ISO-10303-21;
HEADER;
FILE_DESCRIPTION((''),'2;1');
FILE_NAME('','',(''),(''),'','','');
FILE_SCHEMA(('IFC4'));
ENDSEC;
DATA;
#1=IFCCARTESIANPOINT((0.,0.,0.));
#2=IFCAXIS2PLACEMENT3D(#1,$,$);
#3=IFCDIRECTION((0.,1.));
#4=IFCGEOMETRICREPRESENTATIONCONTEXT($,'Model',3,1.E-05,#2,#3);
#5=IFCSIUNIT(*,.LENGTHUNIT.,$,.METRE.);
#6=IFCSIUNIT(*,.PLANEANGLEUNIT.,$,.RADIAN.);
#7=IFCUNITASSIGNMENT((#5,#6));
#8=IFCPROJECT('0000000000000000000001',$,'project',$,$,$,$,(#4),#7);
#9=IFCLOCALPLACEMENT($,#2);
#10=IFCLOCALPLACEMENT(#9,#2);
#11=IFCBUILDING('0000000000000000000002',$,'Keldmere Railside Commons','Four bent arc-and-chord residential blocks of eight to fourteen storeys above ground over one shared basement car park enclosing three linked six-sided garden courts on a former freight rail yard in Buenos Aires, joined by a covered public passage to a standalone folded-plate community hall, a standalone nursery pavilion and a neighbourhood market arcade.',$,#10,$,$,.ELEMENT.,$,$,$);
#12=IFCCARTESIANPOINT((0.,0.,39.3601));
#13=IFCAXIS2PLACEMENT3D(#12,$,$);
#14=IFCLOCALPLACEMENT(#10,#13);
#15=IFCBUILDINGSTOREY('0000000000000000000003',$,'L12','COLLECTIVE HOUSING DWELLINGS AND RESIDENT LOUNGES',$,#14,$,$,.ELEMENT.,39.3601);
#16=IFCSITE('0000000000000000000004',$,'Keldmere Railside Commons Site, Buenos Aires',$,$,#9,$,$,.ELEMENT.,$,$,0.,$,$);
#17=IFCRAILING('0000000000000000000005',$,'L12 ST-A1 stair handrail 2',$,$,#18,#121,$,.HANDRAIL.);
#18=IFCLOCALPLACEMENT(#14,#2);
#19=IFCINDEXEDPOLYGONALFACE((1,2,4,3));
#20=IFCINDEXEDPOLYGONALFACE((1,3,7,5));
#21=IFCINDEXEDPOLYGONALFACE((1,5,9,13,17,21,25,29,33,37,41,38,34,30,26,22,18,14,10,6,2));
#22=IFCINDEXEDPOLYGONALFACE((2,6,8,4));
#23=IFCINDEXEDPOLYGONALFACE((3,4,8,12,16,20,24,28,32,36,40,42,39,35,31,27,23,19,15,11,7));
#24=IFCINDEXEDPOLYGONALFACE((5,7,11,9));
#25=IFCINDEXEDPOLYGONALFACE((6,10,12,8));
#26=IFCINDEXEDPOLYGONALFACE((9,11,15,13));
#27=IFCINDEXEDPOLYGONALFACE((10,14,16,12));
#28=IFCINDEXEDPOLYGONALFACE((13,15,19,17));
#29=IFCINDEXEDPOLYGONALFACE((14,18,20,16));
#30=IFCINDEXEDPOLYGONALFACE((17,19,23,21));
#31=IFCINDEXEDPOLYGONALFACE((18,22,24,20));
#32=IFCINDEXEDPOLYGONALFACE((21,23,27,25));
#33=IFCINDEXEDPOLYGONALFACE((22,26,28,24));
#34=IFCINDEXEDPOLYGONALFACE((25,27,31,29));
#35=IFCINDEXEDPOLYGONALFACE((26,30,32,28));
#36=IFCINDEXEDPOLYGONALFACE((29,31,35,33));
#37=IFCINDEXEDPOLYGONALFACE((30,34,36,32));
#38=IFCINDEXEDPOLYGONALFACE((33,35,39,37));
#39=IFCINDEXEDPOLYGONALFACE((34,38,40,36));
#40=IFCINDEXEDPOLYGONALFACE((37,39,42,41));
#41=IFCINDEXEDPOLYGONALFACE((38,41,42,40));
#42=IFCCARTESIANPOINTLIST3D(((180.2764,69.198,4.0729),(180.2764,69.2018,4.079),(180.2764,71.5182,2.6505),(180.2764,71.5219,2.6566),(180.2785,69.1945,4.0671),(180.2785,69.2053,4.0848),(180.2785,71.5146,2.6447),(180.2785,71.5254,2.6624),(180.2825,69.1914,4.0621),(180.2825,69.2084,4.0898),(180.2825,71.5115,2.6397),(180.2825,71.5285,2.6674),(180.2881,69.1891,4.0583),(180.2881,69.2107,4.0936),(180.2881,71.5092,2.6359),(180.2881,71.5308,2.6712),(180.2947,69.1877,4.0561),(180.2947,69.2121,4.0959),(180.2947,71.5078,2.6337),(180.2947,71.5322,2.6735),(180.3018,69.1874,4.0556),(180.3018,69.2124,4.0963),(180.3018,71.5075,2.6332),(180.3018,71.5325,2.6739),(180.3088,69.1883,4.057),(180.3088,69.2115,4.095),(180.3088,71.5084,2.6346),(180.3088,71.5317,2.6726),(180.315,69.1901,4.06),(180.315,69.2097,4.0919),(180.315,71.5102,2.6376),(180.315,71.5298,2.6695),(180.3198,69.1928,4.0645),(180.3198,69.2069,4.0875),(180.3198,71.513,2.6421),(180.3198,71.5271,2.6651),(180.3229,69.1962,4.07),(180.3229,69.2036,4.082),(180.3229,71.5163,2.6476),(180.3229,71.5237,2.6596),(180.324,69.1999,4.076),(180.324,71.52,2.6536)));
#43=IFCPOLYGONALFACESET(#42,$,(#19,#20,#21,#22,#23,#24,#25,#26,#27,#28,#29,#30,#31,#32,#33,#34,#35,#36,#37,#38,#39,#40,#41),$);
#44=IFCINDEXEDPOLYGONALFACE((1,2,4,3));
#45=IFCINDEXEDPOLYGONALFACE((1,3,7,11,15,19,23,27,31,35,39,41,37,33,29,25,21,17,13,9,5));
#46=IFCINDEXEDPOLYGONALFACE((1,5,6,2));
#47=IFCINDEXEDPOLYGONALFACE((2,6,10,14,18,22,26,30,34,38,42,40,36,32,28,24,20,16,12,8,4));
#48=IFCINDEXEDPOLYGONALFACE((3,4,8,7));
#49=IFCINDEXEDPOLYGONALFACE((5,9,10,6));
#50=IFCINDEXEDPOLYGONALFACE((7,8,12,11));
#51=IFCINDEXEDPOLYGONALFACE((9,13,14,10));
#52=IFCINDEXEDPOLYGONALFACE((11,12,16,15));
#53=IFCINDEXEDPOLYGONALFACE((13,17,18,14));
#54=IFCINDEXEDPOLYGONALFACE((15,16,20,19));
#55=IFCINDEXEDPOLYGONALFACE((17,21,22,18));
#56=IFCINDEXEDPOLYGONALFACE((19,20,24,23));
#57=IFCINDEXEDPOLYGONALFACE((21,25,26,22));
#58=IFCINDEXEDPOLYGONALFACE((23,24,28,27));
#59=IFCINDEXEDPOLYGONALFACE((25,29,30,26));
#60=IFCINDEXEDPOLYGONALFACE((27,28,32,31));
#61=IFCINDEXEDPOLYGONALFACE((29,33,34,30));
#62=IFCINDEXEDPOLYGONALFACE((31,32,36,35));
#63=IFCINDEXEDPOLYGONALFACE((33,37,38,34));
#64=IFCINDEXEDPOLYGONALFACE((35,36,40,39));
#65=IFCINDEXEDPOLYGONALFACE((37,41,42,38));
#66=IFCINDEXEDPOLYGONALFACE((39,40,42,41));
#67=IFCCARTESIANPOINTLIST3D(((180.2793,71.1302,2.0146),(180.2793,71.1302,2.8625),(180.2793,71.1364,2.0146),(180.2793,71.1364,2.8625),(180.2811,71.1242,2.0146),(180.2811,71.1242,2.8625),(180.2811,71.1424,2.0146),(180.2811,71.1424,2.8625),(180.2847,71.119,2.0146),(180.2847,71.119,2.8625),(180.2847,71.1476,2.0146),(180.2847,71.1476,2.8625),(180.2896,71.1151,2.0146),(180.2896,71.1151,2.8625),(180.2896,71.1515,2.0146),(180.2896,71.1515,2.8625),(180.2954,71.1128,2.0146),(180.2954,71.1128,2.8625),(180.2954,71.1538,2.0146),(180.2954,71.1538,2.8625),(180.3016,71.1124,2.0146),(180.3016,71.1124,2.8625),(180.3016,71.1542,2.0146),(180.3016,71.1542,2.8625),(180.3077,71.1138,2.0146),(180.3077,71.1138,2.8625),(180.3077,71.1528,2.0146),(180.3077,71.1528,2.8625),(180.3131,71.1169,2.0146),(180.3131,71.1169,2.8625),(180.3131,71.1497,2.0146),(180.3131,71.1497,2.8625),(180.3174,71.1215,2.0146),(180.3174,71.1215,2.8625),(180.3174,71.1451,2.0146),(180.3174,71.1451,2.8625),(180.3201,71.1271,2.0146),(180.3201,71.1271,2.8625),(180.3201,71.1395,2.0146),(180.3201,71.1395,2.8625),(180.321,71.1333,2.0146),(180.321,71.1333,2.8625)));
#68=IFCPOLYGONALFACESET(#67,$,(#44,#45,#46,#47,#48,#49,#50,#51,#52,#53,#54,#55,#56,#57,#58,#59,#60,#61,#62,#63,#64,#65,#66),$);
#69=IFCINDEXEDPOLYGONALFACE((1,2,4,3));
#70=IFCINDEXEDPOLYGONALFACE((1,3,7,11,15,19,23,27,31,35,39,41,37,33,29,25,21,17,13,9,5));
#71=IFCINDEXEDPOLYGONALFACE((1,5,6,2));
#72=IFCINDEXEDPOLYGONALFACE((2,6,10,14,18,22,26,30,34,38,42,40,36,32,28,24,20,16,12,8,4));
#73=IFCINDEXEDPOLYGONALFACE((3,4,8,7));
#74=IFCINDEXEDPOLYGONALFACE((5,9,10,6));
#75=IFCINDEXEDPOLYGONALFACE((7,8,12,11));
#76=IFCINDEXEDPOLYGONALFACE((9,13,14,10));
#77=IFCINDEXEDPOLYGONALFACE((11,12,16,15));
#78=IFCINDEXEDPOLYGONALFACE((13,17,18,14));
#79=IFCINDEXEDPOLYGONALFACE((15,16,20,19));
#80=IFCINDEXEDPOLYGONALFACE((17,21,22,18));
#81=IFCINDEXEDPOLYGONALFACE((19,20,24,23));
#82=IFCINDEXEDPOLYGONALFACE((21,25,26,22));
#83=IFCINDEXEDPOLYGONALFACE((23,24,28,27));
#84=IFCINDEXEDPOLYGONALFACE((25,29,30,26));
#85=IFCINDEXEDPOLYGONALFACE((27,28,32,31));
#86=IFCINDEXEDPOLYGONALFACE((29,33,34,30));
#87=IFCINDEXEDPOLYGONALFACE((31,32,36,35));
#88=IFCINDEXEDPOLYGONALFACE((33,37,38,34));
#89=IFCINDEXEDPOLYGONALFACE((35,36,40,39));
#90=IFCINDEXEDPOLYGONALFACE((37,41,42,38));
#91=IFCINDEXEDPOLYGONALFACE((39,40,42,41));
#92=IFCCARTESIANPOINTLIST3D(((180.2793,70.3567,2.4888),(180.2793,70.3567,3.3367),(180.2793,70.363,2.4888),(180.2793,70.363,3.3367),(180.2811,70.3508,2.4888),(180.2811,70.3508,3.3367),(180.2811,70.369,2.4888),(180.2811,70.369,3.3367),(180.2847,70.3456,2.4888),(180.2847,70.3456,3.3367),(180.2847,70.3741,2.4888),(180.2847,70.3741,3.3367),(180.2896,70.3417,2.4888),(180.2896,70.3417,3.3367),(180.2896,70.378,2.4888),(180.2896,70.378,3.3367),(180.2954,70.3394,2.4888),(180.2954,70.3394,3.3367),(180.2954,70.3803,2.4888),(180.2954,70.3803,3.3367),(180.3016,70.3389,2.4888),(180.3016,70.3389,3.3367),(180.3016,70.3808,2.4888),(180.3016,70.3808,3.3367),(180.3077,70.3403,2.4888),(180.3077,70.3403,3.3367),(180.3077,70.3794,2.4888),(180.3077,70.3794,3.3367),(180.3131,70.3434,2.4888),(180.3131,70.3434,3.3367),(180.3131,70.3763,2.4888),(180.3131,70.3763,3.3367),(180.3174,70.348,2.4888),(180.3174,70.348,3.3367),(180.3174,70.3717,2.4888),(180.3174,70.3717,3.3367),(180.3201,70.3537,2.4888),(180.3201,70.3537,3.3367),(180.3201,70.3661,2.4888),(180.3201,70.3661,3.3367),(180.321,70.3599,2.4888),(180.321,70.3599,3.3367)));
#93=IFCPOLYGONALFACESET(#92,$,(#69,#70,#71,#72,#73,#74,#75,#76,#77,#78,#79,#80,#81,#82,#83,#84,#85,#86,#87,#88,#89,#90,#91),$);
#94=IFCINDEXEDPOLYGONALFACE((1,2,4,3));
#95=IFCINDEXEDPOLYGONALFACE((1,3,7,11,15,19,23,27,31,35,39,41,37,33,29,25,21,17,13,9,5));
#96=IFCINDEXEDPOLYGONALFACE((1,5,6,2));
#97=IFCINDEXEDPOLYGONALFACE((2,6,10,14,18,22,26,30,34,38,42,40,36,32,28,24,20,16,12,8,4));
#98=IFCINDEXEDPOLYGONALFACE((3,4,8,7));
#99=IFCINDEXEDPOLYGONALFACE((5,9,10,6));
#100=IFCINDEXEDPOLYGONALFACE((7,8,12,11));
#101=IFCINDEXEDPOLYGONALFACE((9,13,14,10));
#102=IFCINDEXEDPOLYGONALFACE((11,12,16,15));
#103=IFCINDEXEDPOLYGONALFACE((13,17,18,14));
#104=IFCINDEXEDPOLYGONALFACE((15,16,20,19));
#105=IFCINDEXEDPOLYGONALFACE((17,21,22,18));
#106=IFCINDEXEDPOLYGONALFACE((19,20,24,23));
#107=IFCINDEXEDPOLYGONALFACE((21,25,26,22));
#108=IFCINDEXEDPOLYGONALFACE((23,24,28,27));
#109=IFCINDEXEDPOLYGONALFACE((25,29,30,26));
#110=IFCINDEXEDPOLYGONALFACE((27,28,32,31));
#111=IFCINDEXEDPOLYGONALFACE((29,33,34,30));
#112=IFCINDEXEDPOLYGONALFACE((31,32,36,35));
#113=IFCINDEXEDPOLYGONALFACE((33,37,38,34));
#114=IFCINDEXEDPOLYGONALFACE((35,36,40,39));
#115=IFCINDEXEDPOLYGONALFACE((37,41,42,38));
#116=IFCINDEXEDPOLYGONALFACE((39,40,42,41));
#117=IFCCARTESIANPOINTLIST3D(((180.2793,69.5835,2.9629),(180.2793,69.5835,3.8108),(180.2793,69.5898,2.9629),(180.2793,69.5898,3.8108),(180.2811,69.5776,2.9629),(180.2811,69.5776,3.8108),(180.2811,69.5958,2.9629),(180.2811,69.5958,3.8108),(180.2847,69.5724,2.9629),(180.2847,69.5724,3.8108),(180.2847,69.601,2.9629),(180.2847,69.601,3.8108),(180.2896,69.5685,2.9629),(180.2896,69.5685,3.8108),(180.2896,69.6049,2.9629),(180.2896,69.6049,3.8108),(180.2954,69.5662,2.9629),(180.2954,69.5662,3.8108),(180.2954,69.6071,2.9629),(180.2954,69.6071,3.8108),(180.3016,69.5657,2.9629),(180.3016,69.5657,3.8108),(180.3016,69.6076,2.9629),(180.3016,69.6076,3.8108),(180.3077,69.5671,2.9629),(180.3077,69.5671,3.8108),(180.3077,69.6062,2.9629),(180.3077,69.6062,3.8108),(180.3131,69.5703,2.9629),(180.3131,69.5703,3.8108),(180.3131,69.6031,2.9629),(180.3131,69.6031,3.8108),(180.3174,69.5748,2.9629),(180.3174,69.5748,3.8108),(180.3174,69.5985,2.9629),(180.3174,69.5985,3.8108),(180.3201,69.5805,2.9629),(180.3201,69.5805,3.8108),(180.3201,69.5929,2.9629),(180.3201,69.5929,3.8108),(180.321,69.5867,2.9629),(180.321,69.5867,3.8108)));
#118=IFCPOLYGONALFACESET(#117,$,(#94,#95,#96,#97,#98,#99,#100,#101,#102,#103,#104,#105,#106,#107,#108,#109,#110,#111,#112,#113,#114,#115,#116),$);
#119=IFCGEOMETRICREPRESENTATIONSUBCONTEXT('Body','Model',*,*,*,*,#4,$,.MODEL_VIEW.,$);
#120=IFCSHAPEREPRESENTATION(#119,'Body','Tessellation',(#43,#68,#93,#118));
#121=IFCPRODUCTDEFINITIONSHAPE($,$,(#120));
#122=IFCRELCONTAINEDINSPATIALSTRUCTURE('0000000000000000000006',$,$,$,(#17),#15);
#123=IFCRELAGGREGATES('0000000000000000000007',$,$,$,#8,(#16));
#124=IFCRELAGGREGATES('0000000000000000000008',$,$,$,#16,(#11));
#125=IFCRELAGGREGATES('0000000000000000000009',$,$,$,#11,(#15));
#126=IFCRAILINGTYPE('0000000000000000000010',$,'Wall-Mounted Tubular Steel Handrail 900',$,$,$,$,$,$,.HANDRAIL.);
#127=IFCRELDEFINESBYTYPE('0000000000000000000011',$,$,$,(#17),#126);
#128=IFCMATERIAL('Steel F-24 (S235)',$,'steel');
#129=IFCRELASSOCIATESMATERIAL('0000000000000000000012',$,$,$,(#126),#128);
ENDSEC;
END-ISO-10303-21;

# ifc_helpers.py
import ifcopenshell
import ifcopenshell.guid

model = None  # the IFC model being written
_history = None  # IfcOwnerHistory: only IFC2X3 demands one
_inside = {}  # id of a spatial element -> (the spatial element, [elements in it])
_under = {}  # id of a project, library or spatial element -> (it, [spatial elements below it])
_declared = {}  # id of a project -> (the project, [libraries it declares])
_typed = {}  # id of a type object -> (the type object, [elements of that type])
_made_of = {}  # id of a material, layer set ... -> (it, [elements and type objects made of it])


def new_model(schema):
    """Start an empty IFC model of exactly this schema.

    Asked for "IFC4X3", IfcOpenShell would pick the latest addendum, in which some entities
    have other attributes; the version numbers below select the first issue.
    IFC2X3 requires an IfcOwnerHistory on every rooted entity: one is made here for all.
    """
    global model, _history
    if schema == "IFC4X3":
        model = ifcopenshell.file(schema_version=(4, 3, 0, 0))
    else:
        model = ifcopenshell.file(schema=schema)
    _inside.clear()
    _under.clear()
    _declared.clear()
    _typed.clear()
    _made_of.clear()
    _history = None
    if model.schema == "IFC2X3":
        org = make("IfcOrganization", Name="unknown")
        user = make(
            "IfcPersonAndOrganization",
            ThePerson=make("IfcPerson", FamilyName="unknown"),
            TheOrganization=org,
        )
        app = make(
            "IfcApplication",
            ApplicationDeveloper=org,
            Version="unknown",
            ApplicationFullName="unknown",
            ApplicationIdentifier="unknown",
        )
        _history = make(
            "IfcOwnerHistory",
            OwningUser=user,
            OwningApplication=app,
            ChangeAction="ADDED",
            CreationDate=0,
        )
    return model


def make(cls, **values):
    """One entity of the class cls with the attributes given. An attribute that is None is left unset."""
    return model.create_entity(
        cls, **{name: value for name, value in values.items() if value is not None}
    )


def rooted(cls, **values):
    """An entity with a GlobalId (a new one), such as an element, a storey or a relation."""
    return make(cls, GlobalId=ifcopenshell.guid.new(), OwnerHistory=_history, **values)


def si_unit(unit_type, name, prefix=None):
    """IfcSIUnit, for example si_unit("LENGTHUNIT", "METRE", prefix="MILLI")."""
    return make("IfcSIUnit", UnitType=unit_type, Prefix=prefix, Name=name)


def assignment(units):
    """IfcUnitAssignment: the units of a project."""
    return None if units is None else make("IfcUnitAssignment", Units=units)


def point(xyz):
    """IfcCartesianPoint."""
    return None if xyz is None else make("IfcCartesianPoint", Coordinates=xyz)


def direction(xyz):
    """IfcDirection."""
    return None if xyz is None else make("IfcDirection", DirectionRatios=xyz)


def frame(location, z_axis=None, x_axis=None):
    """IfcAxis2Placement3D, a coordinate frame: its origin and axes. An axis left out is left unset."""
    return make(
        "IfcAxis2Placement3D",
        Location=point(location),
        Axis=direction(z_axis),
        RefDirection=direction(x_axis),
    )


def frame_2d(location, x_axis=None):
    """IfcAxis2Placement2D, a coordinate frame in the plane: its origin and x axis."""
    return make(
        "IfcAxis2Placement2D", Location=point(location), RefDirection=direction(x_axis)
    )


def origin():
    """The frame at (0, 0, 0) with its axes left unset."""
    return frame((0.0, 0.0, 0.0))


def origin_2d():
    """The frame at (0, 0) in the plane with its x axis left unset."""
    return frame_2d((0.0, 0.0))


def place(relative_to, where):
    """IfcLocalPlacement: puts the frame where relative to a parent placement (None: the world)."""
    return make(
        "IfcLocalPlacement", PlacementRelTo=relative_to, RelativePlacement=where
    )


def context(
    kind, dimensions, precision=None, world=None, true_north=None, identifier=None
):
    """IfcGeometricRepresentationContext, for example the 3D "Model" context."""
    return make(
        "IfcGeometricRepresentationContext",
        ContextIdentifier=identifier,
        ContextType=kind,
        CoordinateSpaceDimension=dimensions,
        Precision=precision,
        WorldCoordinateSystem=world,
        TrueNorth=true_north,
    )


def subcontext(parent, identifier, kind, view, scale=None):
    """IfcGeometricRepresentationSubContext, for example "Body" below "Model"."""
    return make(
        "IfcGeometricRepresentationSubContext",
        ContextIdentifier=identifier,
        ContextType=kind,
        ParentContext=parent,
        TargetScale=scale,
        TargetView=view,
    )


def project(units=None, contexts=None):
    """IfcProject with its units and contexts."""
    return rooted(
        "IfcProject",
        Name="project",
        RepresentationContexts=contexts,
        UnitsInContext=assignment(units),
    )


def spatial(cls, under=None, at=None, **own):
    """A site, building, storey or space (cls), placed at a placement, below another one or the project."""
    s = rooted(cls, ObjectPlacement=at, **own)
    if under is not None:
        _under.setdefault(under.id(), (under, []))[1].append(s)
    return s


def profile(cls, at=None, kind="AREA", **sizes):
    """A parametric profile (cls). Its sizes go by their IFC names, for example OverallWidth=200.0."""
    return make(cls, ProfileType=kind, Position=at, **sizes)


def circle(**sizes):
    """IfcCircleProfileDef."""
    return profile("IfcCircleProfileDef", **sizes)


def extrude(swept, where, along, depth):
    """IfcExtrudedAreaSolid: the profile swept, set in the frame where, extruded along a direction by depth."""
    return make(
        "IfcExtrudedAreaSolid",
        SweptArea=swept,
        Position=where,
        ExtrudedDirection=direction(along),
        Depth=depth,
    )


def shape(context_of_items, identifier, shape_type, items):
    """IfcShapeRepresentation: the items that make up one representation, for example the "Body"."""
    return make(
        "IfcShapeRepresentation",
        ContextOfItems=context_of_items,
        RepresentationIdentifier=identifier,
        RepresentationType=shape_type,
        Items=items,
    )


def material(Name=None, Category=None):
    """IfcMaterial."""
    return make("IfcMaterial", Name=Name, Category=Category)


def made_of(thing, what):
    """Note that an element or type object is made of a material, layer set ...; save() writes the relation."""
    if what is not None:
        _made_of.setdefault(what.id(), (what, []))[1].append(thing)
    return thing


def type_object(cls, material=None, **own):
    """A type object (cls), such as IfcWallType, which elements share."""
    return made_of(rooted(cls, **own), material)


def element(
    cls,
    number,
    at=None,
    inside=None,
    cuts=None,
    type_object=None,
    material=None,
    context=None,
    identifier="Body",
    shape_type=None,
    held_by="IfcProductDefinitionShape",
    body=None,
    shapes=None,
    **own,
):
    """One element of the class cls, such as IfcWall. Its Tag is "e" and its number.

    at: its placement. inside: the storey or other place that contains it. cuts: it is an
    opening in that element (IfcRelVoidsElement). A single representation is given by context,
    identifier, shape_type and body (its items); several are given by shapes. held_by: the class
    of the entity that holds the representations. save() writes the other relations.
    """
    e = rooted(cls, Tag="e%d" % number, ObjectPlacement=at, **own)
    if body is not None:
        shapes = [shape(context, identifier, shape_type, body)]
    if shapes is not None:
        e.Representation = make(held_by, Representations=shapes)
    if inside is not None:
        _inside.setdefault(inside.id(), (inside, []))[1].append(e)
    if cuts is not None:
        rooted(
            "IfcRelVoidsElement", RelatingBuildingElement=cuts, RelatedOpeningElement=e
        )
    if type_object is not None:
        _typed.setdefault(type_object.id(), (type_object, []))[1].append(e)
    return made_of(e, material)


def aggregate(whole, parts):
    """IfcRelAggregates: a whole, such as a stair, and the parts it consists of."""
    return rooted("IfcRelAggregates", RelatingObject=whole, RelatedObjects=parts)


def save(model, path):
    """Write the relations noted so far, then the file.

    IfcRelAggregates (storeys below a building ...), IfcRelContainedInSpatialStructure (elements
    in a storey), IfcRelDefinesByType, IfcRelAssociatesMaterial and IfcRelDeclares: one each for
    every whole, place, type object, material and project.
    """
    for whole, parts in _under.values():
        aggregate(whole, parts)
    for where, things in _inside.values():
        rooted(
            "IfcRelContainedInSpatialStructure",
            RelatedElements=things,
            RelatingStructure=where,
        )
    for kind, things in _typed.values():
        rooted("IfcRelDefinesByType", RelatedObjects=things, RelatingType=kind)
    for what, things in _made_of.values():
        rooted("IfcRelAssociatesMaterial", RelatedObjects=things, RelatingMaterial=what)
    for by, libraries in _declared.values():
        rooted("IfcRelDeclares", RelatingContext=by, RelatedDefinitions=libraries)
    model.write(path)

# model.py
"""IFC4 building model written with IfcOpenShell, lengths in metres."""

from ifc_helpers import new_model, si_unit, direction, frame, origin, origin_2d, place, context, subcontext, project, spatial, circle, extrude, material, type_object, element, save


model = new_model("IFC4")

# Units and contexts
model_context = context("Model", 3, precision=1e-05, world=origin(), true_north=direction((0.0, 1.0)))
body_context = subcontext(model_context, "Body", "Model", "MODEL_VIEW")
ifc_project = project(units=[si_unit("LENGTHUNIT", "METRE"), si_unit("PLANEANGLEUNIT", "RADIAN")], contexts=[model_context])

# Site, building, storey
site_placement = place(None, origin())
site = spatial("IfcSite", under=ifc_project, at=site_placement, Name="Keldmere Railside Commons Site, Buenos Aires", CompositionType="ELEMENT", RefElevation=0.0)
building_placement = place(site_placement, origin())
building = spatial("IfcBuilding", under=site, at=building_placement, Name="Keldmere Railside Commons", Description="Four bent arc-and-chord residential blocks of eight to fourteen storeys above ground over one shared basement car park enclosing three linked six-sided garden courts on a former freight rail yard in Buenos Aires, joined by a covered public passage to a standalone folded-plate community hall, a standalone nursery pavilion and a neighbourhood market arcade.", CompositionType="ELEMENT")
storey_placement = place(building_placement, frame((0.0, 0.0, 39.3601)))
storey = spatial("IfcBuildingStorey", under=building, at=storey_placement, Name="L12", Description="COLLECTIVE HOUSING DWELLINGS AND RESIDENT LOUNGES", CompositionType="ELEMENT", Elevation=39.3601)

# Railing
ifc_material_1 = material(Name="Steel F-24 (S235)", Category="steel")
railing_type_1 = type_object("IfcRailingType", Name="Wall-Mounted Tubular Steel Handrail 900", PredefinedType="HANDRAIL", material=ifc_material_1)
railing_1_placement = place(storey_placement, frame((180.3, 71.52, 1.7776)))
element("IfcRailing", 1, at=railing_1_placement, inside=storey, type_object=railing_type_1, Name="L12 ST-A1 stair handrail 2", PredefinedType="HANDRAIL", context=body_context, shape_type="SweptSolid", body=[
    extrude(circle(Radius=0.0239, at=origin_2d()), frame((0.0, 0.0, 0.876), z_axis=(0.0, -0.852538, 0.522665), x_axis=(1.0, 0.0, 0.0)), (0.0, 0.0, 1.0), 2.7214),
    extrude(circle(Radius=0.021, at=origin_2d()), frame((0.0, -0.3867, 0.2371)), (0.0, 0.0, 1.0), 0.8479),
    extrude(circle(Radius=0.021, at=origin_2d()), frame((0.0, -1.1602, 0.7112)), (0.0, 0.0, 1.0), 0.8479),
    extrude(circle(Radius=0.021, at=origin_2d()), frame((0.0, -1.9333, 1.1853)), (0.0, 0.0, 1.0), 0.8479),
])

save(model, "model.ifc")
